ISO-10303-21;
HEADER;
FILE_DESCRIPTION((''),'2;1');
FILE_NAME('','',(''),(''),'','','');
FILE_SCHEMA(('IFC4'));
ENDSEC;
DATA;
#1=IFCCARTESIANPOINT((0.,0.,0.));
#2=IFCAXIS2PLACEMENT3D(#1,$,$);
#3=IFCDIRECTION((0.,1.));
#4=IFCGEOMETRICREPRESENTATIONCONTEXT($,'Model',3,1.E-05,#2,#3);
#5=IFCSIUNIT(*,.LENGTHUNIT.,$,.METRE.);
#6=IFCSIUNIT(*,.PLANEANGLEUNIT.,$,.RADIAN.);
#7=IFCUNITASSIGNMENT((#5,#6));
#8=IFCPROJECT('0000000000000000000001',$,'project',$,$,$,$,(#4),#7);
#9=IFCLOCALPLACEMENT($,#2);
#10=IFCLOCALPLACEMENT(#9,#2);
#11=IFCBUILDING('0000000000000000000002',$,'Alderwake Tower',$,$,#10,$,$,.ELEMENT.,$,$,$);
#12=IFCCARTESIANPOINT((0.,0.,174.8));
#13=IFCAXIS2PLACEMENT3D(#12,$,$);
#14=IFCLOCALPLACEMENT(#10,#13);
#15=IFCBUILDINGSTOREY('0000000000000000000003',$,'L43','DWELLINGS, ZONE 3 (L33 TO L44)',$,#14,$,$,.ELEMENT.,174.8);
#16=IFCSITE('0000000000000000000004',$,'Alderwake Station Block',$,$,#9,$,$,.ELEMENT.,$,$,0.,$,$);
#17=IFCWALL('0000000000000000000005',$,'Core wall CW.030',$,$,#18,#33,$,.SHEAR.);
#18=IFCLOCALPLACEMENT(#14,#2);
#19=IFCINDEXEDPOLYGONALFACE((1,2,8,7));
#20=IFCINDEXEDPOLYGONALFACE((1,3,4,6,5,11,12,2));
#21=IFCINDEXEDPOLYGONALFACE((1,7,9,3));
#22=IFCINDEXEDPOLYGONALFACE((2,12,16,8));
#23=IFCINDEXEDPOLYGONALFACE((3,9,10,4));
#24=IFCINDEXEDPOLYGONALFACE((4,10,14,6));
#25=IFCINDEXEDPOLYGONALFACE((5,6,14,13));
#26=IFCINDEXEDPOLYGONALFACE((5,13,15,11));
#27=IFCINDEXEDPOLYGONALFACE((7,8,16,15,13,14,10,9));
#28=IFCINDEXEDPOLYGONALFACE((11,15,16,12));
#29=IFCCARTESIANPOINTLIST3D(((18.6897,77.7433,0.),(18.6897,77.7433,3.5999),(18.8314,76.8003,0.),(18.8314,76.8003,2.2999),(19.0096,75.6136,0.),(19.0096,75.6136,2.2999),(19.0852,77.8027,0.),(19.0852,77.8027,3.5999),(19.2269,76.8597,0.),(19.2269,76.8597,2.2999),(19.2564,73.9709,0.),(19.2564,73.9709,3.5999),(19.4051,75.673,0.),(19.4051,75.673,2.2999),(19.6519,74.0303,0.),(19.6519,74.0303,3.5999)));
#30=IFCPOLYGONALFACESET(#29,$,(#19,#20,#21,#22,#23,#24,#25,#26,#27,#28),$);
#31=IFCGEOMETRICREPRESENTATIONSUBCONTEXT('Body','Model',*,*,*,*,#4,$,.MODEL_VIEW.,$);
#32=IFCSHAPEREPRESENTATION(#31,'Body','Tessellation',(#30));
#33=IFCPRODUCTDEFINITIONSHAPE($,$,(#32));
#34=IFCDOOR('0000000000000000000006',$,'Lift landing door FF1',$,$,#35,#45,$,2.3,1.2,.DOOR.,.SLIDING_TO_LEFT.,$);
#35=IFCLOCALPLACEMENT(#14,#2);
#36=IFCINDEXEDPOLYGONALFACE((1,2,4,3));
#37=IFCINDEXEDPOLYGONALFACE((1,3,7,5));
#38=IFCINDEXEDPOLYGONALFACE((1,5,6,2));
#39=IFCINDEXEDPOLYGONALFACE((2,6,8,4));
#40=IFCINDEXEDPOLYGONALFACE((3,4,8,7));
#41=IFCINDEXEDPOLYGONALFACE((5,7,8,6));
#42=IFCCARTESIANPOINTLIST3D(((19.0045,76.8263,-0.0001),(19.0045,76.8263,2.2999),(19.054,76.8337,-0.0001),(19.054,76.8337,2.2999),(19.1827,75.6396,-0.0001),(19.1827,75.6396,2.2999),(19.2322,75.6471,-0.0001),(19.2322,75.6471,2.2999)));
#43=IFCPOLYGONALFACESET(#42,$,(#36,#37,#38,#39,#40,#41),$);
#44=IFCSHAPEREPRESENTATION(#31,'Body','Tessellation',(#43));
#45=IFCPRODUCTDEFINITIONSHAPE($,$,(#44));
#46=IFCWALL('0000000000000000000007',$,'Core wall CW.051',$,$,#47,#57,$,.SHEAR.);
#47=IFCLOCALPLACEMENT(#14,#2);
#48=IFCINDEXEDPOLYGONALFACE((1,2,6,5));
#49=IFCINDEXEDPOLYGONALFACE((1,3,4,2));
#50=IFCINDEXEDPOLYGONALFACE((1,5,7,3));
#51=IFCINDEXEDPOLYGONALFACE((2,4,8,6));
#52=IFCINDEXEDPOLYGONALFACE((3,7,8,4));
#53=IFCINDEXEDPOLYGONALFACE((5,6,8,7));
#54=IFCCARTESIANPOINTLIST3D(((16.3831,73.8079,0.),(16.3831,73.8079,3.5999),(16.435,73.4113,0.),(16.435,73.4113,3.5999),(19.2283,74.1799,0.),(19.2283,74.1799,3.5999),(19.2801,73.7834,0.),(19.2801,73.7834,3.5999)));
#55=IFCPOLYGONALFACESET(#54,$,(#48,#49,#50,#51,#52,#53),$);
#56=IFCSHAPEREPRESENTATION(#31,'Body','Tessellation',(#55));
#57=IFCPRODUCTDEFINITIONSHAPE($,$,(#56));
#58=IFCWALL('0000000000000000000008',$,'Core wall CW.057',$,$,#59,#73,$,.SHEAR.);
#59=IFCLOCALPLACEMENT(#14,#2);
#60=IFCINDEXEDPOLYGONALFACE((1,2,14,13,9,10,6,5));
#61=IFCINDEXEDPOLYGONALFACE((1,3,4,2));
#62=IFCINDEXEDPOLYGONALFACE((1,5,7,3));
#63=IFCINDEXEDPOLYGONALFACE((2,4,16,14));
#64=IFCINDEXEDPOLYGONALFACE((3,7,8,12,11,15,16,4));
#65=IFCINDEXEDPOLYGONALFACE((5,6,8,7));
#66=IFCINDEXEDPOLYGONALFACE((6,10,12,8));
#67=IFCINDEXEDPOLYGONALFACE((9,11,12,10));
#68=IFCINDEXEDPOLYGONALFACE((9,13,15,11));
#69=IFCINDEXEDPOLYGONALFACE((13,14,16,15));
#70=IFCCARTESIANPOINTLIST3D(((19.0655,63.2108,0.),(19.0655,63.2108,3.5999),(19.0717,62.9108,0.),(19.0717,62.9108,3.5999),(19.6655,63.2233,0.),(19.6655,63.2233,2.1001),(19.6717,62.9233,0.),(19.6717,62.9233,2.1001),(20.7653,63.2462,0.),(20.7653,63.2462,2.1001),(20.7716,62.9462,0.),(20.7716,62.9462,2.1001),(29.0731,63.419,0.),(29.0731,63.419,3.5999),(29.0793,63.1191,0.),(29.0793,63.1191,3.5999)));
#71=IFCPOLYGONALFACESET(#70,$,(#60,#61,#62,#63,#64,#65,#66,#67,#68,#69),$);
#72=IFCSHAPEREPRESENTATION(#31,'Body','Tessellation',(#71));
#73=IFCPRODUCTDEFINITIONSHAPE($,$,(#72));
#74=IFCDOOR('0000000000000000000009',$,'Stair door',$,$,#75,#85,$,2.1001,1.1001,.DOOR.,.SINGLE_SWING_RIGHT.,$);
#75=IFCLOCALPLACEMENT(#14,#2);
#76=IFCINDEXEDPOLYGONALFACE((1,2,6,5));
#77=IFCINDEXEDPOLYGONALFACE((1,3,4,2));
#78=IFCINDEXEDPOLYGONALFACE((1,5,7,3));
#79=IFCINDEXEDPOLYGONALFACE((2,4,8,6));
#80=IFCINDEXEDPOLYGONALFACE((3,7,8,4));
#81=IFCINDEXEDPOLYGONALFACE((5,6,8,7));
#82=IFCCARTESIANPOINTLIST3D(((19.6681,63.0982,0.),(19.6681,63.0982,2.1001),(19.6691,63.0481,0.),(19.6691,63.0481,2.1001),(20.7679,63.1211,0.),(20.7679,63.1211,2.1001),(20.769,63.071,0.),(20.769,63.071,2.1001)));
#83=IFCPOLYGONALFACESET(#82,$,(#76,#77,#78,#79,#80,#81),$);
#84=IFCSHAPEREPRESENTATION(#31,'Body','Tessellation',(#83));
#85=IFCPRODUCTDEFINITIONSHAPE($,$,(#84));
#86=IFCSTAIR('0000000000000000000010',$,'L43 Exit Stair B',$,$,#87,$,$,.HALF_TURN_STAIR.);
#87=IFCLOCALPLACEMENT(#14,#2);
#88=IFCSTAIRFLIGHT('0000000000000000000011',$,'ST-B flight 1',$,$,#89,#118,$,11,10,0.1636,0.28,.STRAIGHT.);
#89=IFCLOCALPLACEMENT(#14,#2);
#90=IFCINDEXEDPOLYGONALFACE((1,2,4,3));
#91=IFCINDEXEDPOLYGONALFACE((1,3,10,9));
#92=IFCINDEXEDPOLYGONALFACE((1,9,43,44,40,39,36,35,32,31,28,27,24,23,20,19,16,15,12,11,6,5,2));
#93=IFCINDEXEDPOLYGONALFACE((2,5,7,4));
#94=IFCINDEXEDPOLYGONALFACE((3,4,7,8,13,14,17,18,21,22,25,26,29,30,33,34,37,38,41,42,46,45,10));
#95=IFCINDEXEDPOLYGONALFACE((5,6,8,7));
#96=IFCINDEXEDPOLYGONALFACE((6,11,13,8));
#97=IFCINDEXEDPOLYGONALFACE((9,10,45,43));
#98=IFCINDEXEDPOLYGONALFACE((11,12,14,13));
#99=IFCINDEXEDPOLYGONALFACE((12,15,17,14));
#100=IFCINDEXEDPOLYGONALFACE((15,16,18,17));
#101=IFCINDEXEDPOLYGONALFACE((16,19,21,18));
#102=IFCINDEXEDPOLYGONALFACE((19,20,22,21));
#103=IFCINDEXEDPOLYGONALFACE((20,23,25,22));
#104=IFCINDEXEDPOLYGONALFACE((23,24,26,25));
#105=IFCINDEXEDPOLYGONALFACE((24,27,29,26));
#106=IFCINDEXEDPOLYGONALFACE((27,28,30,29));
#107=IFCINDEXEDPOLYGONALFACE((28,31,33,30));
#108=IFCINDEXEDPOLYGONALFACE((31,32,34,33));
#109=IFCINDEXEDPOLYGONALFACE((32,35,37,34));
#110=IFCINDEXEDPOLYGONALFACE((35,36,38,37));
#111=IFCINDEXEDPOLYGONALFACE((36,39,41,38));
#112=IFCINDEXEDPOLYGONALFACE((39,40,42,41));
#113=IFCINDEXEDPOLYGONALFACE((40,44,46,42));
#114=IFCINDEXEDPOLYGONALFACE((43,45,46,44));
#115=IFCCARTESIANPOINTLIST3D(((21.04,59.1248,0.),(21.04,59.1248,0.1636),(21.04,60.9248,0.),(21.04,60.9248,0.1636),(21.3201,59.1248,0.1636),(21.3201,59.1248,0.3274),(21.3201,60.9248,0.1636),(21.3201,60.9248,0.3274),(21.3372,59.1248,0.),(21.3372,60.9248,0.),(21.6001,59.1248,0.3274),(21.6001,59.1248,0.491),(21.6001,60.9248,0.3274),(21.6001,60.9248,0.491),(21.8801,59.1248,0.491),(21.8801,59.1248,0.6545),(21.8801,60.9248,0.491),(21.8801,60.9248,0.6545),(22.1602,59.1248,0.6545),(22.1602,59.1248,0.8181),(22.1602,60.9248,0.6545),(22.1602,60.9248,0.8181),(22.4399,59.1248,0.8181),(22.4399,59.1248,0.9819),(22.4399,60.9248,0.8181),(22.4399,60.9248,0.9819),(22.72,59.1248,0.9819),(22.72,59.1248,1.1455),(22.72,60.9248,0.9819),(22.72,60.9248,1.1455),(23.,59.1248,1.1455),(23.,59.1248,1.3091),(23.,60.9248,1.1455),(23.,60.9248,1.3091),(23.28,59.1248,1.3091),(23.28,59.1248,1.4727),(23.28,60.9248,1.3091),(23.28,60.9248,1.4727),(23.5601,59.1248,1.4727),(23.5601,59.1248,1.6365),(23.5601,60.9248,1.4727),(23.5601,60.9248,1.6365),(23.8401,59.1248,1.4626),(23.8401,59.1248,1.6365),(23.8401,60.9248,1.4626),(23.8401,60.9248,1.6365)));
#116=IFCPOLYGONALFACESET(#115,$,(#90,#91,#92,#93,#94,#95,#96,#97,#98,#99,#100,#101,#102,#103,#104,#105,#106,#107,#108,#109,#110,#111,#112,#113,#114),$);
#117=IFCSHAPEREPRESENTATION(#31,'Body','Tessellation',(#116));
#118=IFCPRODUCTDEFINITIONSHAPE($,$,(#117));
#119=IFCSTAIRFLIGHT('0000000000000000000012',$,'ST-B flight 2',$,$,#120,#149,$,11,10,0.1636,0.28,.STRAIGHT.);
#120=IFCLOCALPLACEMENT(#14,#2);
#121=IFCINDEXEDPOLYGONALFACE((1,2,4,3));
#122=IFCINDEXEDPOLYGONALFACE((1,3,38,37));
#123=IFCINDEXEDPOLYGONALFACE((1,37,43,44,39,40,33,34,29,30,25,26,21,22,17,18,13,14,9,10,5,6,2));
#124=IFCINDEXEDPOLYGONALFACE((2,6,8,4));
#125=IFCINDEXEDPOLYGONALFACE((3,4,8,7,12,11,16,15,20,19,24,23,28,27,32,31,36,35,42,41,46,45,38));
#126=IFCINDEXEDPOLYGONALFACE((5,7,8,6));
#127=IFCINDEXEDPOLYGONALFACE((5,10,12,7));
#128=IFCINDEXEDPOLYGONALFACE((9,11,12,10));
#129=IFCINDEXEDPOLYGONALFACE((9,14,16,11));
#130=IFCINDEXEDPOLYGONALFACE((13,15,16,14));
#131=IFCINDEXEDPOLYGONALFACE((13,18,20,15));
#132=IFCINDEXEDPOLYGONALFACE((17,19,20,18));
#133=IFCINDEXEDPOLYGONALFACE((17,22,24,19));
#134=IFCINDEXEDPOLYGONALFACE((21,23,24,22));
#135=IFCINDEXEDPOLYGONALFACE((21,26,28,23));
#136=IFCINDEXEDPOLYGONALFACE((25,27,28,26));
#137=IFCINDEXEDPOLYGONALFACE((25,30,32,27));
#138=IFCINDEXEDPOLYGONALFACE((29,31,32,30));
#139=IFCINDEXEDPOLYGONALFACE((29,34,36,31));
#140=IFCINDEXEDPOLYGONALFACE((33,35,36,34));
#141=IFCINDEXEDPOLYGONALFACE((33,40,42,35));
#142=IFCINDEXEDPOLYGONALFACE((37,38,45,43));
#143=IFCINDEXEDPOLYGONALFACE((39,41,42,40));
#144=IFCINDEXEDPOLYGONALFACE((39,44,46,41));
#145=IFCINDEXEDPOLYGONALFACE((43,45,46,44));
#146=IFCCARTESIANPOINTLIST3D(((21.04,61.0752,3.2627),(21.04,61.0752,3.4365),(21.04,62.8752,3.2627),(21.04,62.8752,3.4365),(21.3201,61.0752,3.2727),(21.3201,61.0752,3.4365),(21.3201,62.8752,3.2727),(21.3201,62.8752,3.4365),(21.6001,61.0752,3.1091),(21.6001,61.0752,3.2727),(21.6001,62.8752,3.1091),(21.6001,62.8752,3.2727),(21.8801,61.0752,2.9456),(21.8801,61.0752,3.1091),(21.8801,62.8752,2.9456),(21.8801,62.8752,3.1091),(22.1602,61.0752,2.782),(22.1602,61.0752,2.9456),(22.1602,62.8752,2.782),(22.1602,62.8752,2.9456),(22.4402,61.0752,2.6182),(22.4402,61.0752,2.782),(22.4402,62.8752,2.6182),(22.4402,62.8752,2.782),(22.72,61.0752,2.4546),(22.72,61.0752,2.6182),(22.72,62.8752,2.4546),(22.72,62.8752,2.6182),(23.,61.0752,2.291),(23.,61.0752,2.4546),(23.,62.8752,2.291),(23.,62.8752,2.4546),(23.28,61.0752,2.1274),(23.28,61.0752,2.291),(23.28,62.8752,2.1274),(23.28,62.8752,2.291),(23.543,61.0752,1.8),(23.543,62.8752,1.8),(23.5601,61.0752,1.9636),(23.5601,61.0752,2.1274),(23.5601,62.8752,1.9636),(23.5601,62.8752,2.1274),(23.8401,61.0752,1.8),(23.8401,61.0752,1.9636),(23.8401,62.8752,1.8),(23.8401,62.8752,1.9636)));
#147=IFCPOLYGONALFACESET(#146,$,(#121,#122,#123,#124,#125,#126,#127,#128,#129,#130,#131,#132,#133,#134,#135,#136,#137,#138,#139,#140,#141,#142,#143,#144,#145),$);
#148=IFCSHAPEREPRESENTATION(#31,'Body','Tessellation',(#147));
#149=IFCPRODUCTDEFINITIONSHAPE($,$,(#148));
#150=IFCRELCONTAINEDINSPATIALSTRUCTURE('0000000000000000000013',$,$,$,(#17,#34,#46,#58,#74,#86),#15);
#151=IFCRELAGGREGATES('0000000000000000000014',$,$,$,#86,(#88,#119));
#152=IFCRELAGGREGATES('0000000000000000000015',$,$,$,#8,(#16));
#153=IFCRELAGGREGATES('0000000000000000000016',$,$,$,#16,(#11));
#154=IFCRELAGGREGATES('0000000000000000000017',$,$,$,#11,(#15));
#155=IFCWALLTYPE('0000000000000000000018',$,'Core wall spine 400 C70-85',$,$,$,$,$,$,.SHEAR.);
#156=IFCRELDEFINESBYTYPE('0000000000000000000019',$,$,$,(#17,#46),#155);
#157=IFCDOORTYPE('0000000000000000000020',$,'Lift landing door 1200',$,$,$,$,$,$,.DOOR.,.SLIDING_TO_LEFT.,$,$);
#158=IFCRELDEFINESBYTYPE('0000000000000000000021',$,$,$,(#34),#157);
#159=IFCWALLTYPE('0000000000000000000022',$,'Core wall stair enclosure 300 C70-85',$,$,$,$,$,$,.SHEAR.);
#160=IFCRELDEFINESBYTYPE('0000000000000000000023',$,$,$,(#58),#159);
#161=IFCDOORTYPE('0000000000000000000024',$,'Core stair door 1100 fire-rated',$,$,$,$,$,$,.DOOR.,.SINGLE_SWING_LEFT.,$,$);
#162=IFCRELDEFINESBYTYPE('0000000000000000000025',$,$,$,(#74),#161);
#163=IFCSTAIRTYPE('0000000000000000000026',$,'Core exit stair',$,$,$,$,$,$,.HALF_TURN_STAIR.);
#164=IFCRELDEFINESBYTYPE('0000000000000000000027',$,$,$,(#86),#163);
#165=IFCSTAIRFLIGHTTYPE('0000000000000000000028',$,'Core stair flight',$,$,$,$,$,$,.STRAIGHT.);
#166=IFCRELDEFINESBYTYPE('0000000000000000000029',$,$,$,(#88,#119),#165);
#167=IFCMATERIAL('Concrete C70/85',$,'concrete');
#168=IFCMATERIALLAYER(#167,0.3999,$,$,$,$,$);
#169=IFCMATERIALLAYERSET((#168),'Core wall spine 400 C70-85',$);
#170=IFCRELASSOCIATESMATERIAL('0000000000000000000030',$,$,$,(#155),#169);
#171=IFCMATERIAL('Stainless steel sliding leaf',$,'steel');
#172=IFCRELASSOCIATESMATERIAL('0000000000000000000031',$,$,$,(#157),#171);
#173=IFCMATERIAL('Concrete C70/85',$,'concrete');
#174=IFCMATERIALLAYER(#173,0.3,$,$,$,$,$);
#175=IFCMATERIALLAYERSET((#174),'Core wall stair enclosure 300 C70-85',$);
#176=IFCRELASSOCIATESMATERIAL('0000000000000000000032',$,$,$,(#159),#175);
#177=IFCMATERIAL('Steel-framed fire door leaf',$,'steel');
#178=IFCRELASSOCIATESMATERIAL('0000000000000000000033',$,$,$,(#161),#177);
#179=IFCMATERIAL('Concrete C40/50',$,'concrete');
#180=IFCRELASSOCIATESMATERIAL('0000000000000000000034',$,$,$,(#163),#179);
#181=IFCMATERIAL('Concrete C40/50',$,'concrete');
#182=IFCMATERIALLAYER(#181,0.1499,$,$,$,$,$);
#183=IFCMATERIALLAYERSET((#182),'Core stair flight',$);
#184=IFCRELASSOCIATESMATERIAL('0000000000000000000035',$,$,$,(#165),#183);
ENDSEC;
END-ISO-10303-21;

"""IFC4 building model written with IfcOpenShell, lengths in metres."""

from ifc_helpers import new_model, si_unit, direction, frame, frame_2d, origin, place, context, subcontext, project, spatial, polyline, rectangle, outline, extrude, material, layer, layer_set, type_object, element, fill, aggregate, save


model = new_model("IFC4")

# Units and contexts
model_context = context("Model", 3, precision=1e-05, world=origin(), true_north=direction((0.0, 1.0)))
body_context = subcontext(model_context, "Body", "Model", "MODEL_VIEW")
ifc_project = project(units=[si_unit("LENGTHUNIT", "METRE"), si_unit("PLANEANGLEUNIT", "RADIAN")], contexts=[model_context])

# Site, building, storey
site_placement = place(None, origin())
site = spatial("IfcSite", under=ifc_project, at=site_placement, Name="Alderwake Station Block", CompositionType="ELEMENT", RefElevation=0.0)
building_placement = place(site_placement, origin())
building = spatial("IfcBuilding", under=site, at=building_placement, Name="Alderwake Tower", CompositionType="ELEMENT")
storey_placement = place(building_placement, frame((0.0, 0.0, 174.8)))
storey = spatial("IfcBuildingStorey", under=building, at=storey_placement, Name="L43", Description="DWELLINGS, ZONE 3 (L33 TO L44)", CompositionType="ELEMENT", Elevation=174.8)

# Shared definitions
ifc_material_1 = material(Name="Concrete C70/85", Category="concrete")
ifc_layer_1 = layer(ifc_material_1, 0.3999)
ifc_layer_set_1 = layer_set([ifc_layer_1], Name="Core wall spine 400 C70-85")
wall_type_1 = type_object("IfcWallType", Name="Core wall spine 400 C70-85", PredefinedType="SHEAR", material=ifc_layer_set_1)

# Wall, opening, door
wall_1_placement = place(storey_placement, frame((19.4541, 74.0007, 0.0), z_axis=(0.0, 0.0, 1.0), x_axis=(-0.148541, 0.988906, 0.0)))
wall_1 = element("IfcWall", 1, at=wall_1_placement, inside=storey, type_object=wall_type_1, Name="Core wall CW.030", PredefinedType="SHEAR", context=body_context, shape_type="SweptSolid", body=[
    extrude(rectangle(XDim=3.8147, YDim=0.3999, at=frame_2d((1.9072, 0.0))), origin(), (0.0, 0.0, 1.0), 3.5999),
])
opening_1_placement = place(wall_1_placement, frame((1.6609, 0.0, 0.0)))
opening_1 = element("IfcOpeningElement", 2, at=opening_1_placement, cuts=wall_1, PredefinedType="OPENING", context=body_context, shape_type="SweptSolid", body=[
    extrude(rectangle(XDim=1.2, YDim=2.3, at=frame_2d((0.6001, 1.1499))), frame((0.0, 0.21, 0.0), z_axis=(0.0, -1.0, 0.0), x_axis=(1.0, 0.0, 0.0)), (0.0, 0.0, 1.0), 0.4199),
])
ifc_material_2 = material(Name="Stainless steel sliding leaf", Category="steel")
door_type_1 = type_object("IfcDoorType", Name="Lift landing door 1200", OperationType="SLIDING_TO_LEFT", PredefinedType="DOOR", material=ifc_material_2)
door_1_placement = place(opening_1_placement, origin())
door_1 = element("IfcDoor", 3, at=door_1_placement, inside=storey, type_object=door_type_1, Name="Lift landing door FF1", OperationType="SLIDING_TO_LEFT", OverallHeight=2.3, OverallWidth=1.2, PredefinedType="DOOR", context=body_context, shape_type="SweptSolid", body=[
    extrude(rectangle(XDim=1.2, YDim=2.3, at=frame_2d((0.6001, 1.1499))), frame((0.0, 0.0249, 0.0), z_axis=(0.0, -1.0, 0.0), x_axis=(1.0, 0.0, 0.0)), (0.0, 0.0, 1.0), 0.05),
])
fill(opening_1, door_1)

# Wall
wall_2_placement = place(storey_placement, frame((16.4092, 73.6096, 0.0), z_axis=(0.0, 0.0, 1.0), x_axis=(0.991558, 0.129667, 0.0)))
element("IfcWall", 4, at=wall_2_placement, inside=storey, type_object=wall_type_1, Name="Core wall CW.051", PredefinedType="SHEAR", context=body_context, shape_type="SweptSolid", body=[
    extrude(rectangle(XDim=2.8694, YDim=0.3999, at=frame_2d((1.4346, 0.0))), origin(), (0.0, 0.0, 1.0), 3.5999),
])

# Wall, opening, door
ifc_material_3 = material(Name="Concrete C70/85", Category="concrete")
ifc_layer_2 = layer(ifc_material_3, 0.3)
ifc_layer_set_2 = layer_set([ifc_layer_2], Name="Core wall stair enclosure 300 C70-85")
wall_type_2 = type_object("IfcWallType", Name="Core wall stair enclosure 300 C70-85", PredefinedType="SHEAR", material=ifc_layer_set_2)
wall_3_placement = place(storey_placement, frame((19.0686, 63.0608, 0.0), z_axis=(0.0, 0.0, 1.0), x_axis=(0.999784, 0.020805, 0.0)))
wall_3 = element("IfcWall", 5, at=wall_3_placement, inside=storey, type_object=wall_type_2, Name="Core wall CW.057", PredefinedType="SHEAR", context=body_context, shape_type="SweptSolid", body=[
    extrude(rectangle(XDim=10.0098, YDim=0.3, at=frame_2d((5.0049, 0.0))), origin(), (0.0, 0.0, 1.0), 3.5999),
])
opening_2_placement = place(wall_3_placement, frame((0.6001, 0.0, 0.0)))
opening_2 = element("IfcOpeningElement", 6, at=opening_2_placement, cuts=wall_3, PredefinedType="OPENING", context=body_context, shape_type="SweptSolid", body=[
    extrude(rectangle(XDim=1.1001, YDim=2.1001, at=frame_2d((0.55, 1.05))), frame((0.0, 0.1599, 0.0), z_axis=(0.0, -1.0, 0.0), x_axis=(1.0, 0.0, 0.0)), (0.0, 0.0, 1.0), 0.3201),
])
ifc_material_4 = material(Name="Steel-framed fire door leaf", Category="steel")
door_type_2 = type_object("IfcDoorType", Name="Core stair door 1100 fire-rated", OperationType="SINGLE_SWING_LEFT", PredefinedType="DOOR", material=ifc_material_4)
door_2_placement = place(opening_2_placement, origin())
door_2 = element("IfcDoor", 7, at=door_2_placement, inside=storey, type_object=door_type_2, Name="Stair door", OperationType="SINGLE_SWING_RIGHT", OverallHeight=2.1001, OverallWidth=1.1001, PredefinedType="DOOR", context=body_context, shape_type="SweptSolid", body=[
    extrude(rectangle(XDim=1.1001, YDim=2.1001, at=frame_2d((0.55, 1.05))), frame((0.0, 0.0249, 0.0), z_axis=(0.0, -1.0, 0.0), x_axis=(1.0, 0.0, 0.0)), (0.0, 0.0, 1.0), 0.05),
])
fill(opening_2, door_2)

# Stair, stair flights
ifc_material_5 = material(Name="Concrete C40/50", Category="concrete")
stair_type = type_object("IfcStairType", Name="Core exit stair", PredefinedType="HALF_TURN_STAIR", material=ifc_material_5)
stair_placement = place(storey_placement, origin())
stair = element("IfcStair", 8, at=stair_placement, inside=storey, type_object=stair_type, Name="L43 Exit Stair B", PredefinedType="HALF_TURN_STAIR")
ifc_material_6 = material(Name="Concrete C40/50", Category="concrete")
ifc_layer_3 = layer(ifc_material_6, 0.1499)
ifc_layer_set_3 = layer_set([ifc_layer_3], Name="Core stair flight")
stair_flight_type = type_object("IfcStairFlightType", Name="Core stair flight", PredefinedType="STRAIGHT", material=ifc_layer_set_3)
stair_flight_1_placement = place(storey_placement, frame((21.04, 60.0249, 0.0), z_axis=(0.0, 0.0, 1.0), x_axis=(1.0, 0.0, 0.0)))
stair_flight_1 = element("IfcStairFlight", 9, at=stair_flight_1_placement, type_object=stair_flight_type, Name="ST-B flight 1", NumberOfRisers=11, NumberOfTreads=10, PredefinedType="STRAIGHT", RiserHeight=0.1636, TreadLength=0.28, context=body_context, shape_type="SweptSolid", body=[
    extrude(outline(polyline([(0.0, 0.0), (0.0, 0.1636), (0.28, 0.1636), (0.28, 0.3274), (0.5601, 0.3274), (0.5601, 0.491), (0.8401, 0.491), (0.8401, 0.6545), (1.1201, 0.6545), (1.1201, 0.8181), (1.3999, 0.8181), (1.3999, 0.9819), (1.6799, 0.9819), (1.6799, 1.1455), (1.96, 1.1455), (1.96, 1.3091), (2.24, 1.3091), (2.24, 1.4727), (2.52, 1.4727), (2.52, 1.6365), (2.8, 1.6365), (2.8, 1.8), (2.8, 1.4626), (0.2971, 0.0), (0.0, 0.0)])), frame((0.0, 0.8999, 0.0), z_axis=(0.0, -1.0, 0.0), x_axis=(1.0, 0.0, 0.0)), (0.0, 0.0, 1.0), 1.8),
])
stair_flight_2_placement = place(storey_placement, frame((23.8401, 61.9751, 1.8), z_axis=(0.0, 0.0, 1.0), x_axis=(-1.0, 0.0, 0.0)))
stair_flight_2 = element("IfcStairFlight", 10, at=stair_flight_2_placement, type_object=stair_flight_type, Name="ST-B flight 2", NumberOfRisers=11, NumberOfTreads=10, PredefinedType="STRAIGHT", RiserHeight=0.1636, TreadLength=0.28, context=body_context, shape_type="SweptSolid", body=[
    extrude(outline(polyline([(0.0, 0.0), (0.0, 0.1636), (0.28, 0.1636), (0.28, 0.3274), (0.5601, 0.3274), (0.5601, 0.491), (0.8401, 0.491), (0.8401, 0.6545), (1.1201, 0.6545), (1.1201, 0.8181), (1.3999, 0.8181), (1.3999, 0.9819), (1.6799, 0.9819), (1.6799, 1.1455), (1.96, 1.1455), (1.96, 1.3091), (2.24, 1.3091), (2.24, 1.4727), (2.52, 1.4727), (2.52, 1.6365), (2.8, 1.6365), (2.8, 1.8), (2.8, 1.4626), (0.2971, 0.0), (0.0, 0.0)])), frame((0.0, 0.8999, 0.0), z_axis=(0.0, -1.0, 0.0), x_axis=(1.0, 0.0, 0.0)), (0.0, 0.0, 1.0), 1.8),
])
aggregate(stair, [stair_flight_1, stair_flight_2])

save(model, "model.ifc")
